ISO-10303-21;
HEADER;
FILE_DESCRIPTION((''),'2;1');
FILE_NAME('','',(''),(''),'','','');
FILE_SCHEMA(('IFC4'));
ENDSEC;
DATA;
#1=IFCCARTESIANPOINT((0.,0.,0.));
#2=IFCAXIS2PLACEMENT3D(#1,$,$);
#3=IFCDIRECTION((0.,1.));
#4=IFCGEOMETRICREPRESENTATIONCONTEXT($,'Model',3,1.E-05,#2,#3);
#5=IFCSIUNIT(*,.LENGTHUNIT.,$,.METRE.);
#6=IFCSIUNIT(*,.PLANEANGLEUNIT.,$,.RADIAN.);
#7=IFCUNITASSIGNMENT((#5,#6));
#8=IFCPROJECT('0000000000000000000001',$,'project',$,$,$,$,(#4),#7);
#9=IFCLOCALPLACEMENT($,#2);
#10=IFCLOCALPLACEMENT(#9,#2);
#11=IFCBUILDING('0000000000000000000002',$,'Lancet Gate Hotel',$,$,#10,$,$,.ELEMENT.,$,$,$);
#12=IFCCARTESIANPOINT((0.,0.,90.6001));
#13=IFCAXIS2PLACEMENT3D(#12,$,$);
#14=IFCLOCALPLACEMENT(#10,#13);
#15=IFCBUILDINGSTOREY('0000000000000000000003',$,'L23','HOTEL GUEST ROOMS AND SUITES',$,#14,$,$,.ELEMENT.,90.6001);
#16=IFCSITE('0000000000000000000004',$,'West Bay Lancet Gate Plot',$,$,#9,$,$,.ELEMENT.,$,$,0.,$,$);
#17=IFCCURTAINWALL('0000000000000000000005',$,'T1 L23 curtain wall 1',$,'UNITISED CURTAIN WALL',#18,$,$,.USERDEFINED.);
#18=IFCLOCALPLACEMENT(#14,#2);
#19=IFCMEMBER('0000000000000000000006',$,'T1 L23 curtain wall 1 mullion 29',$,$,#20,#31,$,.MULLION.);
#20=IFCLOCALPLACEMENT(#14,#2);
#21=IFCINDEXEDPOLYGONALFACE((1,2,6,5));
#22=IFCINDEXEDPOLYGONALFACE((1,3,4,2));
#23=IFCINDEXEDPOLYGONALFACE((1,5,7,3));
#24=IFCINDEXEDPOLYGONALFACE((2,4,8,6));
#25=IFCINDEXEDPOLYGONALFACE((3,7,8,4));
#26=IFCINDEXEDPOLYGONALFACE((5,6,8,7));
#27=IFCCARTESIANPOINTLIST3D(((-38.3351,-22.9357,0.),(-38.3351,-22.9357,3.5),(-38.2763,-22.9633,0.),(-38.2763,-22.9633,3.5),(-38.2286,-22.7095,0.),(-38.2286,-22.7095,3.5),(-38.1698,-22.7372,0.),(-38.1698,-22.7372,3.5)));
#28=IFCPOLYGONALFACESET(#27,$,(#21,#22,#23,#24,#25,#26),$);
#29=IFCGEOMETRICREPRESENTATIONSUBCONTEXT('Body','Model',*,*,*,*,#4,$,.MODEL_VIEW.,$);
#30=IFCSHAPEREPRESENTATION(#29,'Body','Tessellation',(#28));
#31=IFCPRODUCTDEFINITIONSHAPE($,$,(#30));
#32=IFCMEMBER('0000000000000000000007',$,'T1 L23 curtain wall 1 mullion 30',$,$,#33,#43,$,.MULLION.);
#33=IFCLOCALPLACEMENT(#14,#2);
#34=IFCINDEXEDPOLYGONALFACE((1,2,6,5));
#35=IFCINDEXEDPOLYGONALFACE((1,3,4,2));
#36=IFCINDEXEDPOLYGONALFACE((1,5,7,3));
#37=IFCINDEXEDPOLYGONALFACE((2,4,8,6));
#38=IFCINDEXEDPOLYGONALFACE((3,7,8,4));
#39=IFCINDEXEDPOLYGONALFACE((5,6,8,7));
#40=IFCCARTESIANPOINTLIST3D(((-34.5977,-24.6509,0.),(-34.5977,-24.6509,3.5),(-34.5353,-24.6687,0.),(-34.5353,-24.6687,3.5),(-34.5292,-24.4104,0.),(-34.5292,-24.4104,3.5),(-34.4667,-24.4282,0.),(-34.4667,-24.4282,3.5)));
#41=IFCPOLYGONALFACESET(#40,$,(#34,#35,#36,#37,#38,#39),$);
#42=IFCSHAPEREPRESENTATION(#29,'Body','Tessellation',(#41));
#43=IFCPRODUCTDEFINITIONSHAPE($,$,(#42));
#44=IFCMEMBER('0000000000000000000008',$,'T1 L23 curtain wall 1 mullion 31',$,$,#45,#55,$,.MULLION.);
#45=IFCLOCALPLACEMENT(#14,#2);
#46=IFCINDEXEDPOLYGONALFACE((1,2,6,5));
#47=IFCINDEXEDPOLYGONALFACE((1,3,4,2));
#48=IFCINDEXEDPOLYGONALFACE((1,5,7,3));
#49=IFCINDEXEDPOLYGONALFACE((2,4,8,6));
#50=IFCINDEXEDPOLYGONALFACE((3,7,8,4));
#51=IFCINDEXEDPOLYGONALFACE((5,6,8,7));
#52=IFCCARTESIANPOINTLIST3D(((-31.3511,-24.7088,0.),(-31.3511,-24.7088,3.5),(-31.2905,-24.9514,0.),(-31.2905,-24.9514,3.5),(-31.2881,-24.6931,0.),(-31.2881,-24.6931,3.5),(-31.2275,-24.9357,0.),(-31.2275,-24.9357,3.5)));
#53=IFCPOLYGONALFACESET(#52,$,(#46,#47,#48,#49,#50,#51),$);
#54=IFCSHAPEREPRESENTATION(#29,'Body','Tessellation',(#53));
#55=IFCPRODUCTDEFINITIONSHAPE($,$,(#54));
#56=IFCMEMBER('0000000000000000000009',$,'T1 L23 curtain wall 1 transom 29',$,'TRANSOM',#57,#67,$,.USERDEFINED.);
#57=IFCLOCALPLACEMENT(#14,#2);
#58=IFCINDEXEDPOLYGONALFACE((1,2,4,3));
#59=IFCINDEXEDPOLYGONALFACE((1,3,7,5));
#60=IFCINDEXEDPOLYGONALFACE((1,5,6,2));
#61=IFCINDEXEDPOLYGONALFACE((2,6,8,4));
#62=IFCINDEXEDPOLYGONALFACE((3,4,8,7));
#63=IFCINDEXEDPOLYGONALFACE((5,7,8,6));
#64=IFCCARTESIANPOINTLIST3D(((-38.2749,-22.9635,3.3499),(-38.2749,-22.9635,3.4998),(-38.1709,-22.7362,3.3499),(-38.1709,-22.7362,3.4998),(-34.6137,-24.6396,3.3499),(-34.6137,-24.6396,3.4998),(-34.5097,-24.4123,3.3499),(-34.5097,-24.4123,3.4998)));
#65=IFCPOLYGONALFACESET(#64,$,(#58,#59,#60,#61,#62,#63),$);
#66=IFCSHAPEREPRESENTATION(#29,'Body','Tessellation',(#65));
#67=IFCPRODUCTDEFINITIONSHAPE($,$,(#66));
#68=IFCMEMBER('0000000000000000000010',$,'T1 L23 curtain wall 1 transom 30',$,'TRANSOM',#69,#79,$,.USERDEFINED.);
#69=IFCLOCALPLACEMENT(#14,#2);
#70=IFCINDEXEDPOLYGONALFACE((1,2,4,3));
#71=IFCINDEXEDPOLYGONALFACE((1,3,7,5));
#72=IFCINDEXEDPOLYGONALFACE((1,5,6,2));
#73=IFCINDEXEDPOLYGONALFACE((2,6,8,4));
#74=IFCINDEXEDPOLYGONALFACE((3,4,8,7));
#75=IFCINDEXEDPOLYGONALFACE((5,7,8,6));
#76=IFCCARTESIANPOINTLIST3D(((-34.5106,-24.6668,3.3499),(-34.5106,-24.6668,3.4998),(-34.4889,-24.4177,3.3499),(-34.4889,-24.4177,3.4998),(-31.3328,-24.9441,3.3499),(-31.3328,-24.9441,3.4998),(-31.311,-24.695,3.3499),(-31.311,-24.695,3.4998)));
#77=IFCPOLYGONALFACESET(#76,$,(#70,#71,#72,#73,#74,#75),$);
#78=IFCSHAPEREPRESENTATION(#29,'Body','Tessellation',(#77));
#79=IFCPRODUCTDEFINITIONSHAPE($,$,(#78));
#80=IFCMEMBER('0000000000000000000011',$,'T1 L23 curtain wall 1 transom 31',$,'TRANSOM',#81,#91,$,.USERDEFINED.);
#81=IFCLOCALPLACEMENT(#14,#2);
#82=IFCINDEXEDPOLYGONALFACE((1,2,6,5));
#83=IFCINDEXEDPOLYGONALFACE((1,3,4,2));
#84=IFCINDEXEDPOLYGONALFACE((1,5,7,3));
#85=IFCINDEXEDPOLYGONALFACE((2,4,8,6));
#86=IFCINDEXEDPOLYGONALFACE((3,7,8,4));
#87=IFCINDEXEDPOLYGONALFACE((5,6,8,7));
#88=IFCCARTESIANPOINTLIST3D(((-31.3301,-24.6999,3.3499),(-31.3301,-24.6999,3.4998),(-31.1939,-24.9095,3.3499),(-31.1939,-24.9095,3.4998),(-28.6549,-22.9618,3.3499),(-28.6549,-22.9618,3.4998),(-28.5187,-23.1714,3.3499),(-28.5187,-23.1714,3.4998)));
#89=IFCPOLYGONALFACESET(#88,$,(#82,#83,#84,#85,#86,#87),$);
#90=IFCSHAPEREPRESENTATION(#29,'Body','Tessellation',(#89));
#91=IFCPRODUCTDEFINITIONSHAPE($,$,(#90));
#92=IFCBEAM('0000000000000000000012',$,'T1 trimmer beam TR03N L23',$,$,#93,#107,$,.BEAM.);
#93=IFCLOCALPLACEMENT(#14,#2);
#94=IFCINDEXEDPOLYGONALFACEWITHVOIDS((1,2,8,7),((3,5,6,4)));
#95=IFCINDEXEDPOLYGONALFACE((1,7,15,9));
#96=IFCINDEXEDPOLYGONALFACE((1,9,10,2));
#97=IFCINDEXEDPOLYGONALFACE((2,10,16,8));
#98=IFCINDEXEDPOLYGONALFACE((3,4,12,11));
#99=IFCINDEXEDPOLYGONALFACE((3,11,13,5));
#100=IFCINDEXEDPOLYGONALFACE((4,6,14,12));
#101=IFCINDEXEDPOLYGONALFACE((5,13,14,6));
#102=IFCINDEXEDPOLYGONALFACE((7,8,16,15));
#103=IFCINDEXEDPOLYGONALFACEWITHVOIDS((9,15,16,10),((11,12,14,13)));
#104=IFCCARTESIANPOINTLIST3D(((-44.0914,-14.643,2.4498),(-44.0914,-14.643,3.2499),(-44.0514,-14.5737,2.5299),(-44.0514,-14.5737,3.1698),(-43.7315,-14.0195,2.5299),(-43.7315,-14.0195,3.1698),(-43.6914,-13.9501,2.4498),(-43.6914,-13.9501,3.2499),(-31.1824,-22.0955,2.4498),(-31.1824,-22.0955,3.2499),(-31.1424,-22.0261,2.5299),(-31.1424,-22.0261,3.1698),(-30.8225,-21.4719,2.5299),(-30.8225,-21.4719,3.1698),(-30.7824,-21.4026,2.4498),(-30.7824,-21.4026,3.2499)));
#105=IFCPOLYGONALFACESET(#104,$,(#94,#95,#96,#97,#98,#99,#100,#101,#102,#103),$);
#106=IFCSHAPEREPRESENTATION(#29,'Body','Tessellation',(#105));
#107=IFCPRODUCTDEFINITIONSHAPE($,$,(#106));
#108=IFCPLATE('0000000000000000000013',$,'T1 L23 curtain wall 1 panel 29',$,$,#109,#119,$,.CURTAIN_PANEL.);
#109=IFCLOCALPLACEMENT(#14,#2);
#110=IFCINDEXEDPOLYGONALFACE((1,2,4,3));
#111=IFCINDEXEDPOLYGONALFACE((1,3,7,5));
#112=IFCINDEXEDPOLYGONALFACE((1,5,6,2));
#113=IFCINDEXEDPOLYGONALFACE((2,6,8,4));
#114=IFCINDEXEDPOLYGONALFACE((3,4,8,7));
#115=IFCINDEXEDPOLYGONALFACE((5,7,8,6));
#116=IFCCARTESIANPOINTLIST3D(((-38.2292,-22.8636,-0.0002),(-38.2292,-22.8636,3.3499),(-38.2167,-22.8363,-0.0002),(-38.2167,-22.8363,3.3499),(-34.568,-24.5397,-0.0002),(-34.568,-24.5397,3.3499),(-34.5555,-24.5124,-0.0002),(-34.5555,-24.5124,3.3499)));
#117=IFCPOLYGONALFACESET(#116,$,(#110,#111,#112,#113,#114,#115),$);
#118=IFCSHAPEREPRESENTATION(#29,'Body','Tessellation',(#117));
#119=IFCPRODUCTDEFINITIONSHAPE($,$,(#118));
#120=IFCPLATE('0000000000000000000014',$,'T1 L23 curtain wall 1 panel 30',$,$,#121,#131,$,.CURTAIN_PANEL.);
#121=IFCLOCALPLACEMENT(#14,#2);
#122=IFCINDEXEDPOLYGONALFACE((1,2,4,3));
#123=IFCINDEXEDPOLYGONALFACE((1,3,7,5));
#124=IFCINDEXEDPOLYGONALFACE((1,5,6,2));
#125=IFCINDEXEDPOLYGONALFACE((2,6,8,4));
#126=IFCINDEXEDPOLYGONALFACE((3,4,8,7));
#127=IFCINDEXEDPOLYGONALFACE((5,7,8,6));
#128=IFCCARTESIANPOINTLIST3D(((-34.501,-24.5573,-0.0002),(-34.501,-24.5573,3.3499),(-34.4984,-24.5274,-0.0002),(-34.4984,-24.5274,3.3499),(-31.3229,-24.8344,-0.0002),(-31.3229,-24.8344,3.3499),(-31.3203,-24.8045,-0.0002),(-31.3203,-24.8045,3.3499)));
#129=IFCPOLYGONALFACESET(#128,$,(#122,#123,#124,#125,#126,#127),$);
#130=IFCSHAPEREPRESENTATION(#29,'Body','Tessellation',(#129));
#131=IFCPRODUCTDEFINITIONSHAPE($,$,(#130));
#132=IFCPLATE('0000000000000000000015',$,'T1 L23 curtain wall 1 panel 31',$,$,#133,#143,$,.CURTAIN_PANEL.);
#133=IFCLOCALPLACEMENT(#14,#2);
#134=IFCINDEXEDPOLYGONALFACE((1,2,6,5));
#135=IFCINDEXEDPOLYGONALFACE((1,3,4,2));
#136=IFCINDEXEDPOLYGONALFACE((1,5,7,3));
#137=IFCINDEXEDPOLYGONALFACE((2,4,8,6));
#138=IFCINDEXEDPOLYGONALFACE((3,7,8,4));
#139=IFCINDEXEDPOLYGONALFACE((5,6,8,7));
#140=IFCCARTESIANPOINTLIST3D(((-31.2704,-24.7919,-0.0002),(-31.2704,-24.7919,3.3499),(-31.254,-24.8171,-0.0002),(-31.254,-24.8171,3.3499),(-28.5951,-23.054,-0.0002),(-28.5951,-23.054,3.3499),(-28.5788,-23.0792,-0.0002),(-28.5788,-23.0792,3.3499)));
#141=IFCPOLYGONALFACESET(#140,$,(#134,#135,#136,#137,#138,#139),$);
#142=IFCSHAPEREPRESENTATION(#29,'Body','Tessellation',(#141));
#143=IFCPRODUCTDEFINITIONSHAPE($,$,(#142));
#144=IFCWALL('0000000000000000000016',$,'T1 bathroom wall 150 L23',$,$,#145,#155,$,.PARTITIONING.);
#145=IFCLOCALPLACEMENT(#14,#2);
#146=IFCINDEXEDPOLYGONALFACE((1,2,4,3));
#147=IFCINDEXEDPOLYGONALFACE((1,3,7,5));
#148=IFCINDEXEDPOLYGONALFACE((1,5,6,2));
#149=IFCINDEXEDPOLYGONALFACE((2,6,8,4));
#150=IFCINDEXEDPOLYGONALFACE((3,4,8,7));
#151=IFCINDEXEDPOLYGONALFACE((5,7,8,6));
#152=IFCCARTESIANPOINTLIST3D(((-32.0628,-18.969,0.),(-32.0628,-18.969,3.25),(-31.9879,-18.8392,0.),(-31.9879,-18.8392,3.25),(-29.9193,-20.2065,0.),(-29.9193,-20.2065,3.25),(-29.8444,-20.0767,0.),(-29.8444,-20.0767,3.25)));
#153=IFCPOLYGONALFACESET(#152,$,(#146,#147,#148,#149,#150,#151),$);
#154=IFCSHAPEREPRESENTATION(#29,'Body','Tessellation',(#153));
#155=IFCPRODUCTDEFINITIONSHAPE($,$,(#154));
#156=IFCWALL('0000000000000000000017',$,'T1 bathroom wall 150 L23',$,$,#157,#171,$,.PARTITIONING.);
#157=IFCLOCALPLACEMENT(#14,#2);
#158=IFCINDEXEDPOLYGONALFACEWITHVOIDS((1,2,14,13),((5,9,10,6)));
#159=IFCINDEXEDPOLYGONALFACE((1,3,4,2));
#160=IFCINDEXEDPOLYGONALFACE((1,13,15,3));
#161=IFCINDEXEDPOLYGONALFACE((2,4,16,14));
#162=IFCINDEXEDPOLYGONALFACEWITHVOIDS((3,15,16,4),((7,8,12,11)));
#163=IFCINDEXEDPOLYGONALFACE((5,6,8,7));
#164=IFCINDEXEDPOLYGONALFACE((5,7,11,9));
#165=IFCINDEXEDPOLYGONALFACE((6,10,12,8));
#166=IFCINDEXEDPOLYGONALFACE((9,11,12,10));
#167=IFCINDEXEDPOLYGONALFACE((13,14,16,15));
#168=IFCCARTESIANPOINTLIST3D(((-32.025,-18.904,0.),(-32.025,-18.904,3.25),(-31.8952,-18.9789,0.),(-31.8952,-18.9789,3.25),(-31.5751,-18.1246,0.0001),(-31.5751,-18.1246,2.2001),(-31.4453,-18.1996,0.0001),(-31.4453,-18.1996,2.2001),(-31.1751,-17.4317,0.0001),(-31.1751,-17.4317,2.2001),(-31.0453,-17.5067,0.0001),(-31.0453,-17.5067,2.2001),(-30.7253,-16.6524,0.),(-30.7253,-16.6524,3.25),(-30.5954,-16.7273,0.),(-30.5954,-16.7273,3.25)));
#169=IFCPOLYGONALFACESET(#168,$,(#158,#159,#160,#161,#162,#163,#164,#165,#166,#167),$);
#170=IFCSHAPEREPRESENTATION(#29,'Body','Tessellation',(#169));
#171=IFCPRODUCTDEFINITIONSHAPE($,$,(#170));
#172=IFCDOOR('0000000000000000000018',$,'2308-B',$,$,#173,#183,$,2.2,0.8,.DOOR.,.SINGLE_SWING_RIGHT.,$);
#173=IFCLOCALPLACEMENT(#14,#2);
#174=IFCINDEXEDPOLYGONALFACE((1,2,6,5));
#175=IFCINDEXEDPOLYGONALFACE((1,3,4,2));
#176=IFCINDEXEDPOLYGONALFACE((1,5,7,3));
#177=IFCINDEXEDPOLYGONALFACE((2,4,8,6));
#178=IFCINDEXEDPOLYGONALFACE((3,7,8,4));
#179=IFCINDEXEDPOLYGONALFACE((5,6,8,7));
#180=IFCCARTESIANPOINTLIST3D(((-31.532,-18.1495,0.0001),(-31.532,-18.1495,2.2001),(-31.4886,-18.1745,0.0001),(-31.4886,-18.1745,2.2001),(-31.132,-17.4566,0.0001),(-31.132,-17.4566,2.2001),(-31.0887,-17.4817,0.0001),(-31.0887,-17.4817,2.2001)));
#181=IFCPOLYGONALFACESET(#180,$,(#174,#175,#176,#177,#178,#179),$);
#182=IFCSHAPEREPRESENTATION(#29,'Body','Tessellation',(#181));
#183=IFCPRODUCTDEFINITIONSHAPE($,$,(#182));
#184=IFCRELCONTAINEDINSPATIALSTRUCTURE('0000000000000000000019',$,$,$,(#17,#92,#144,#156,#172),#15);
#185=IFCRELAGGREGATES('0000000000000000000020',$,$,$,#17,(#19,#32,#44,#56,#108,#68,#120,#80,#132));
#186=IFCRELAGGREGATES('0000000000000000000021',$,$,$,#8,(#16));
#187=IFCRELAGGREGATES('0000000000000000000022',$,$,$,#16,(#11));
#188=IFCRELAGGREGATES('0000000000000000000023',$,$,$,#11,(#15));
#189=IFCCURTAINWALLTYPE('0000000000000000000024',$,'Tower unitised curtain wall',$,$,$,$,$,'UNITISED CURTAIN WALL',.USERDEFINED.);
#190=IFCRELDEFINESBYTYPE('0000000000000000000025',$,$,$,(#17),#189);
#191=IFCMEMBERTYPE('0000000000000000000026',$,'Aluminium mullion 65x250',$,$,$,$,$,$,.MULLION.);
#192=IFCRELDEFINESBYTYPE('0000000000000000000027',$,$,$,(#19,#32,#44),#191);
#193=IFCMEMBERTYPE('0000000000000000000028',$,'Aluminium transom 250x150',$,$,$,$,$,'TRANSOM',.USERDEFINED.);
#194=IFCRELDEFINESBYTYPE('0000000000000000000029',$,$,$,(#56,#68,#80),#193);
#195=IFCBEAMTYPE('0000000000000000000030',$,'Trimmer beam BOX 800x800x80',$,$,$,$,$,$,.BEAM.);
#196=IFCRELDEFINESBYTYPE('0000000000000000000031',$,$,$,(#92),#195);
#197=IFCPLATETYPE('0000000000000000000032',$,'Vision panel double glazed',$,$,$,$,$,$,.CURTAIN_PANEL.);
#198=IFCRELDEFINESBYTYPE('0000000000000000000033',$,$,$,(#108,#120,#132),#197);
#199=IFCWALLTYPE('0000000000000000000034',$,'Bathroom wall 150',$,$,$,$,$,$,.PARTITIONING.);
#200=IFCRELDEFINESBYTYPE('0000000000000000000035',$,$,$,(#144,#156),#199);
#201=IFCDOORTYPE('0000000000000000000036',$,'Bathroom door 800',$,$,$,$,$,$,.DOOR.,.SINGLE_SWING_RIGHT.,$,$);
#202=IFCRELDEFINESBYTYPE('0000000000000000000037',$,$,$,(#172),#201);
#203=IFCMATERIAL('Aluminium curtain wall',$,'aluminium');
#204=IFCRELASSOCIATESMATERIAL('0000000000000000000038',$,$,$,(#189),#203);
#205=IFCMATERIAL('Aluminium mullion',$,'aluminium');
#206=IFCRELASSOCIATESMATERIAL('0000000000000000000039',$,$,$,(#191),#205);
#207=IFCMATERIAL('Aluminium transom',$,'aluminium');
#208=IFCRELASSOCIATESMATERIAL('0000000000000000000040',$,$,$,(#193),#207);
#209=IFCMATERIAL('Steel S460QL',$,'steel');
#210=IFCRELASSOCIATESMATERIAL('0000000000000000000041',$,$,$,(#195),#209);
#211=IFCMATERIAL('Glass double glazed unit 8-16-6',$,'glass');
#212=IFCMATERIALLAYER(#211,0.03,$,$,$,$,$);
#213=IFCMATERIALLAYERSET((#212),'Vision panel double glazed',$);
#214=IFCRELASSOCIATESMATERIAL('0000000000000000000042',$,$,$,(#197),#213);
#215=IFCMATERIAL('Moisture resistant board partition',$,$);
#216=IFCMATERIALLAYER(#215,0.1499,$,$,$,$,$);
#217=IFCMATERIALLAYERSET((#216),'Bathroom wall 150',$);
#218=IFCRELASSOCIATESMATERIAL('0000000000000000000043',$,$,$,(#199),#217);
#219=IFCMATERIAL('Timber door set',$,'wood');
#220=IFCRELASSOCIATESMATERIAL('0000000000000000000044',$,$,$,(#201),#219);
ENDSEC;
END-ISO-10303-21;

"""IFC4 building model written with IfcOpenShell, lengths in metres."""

from ifc_helpers import new_model, si_unit, direction, frame, frame_2d, origin, origin_2d, place, context, subcontext, project, spatial, rectangle, hollow_rectangle, extrude, material, layer, layer_set, material_profile, profile_set, type_object, element, fill, aggregate, save


model = new_model("IFC4")

# Units and contexts
model_context = context("Model", 3, precision=1e-05, world=origin(), true_north=direction((0.0, 1.0)))
body_context = subcontext(model_context, "Body", "Model", "MODEL_VIEW")
ifc_project = project(units=[si_unit("LENGTHUNIT", "METRE"), si_unit("PLANEANGLEUNIT", "RADIAN")], contexts=[model_context])

# Site, building, storey
site_placement = place(None, origin())
site = spatial("IfcSite", under=ifc_project, at=site_placement, Name="West Bay Lancet Gate Plot", CompositionType="ELEMENT", RefElevation=0.0)
building_placement = place(site_placement, origin())
building = spatial("IfcBuilding", under=site, at=building_placement, Name="Lancet Gate Hotel", CompositionType="ELEMENT")
storey_placement = place(building_placement, frame((0.0, 0.0, 90.6001)))
storey = spatial("IfcBuildingStorey", under=building, at=storey_placement, Name="L23", Description="HOTEL GUEST ROOMS AND SUITES", CompositionType="ELEMENT", Elevation=90.6001)

# Curtain wall, members
ifc_material_1 = material(Name="Aluminium curtain wall", Category="aluminium")
curtain_wall_type = type_object("IfcCurtainWallType", Name="Tower unitised curtain wall", ElementType="UNITISED CURTAIN WALL", PredefinedType="USERDEFINED", material=ifc_material_1)
curtain_wall_placement = place(storey_placement, origin())
curtain_wall = element("IfcCurtainWall", 1, at=curtain_wall_placement, inside=storey, type_object=curtain_wall_type, Name="T1 L23 curtain wall 1", ObjectType="UNITISED CURTAIN WALL", PredefinedType="USERDEFINED")
ifc_material_2 = material(Name="Aluminium mullion", Category="aluminium")
ifc_material_profile_1 = material_profile(ifc_material_2, rectangle(XDim=0.0649, YDim=0.25, at=origin_2d()), Name="MULLION 65x250")
ifc_profile_set_1 = profile_set([ifc_material_profile_1], Name="Aluminium mullion")
member_type_1 = type_object("IfcMemberType", Name="Aluminium mullion 65x250", PredefinedType="MULLION", material=ifc_profile_set_1)
member_1_placement = place(storey_placement, frame((-38.2524, -22.8364, 0.0), z_axis=(0.0, 0.0, 1.0), x_axis=(0.90472, -0.426008, 0.0)))
member_1 = element("IfcMember", 2, at=member_1_placement, type_object=member_type_1, Name="T1 L23 curtain wall 1 mullion 29", PredefinedType="MULLION", context=body_context, shape_type="SweptSolid", body=[
    extrude(rectangle(XDim=0.0649, YDim=0.25, at=origin_2d()), origin(), (0.0, 0.0, 1.0), 3.5),
])
member_2_placement = place(storey_placement, frame((-34.5322, -24.5396, 0.0), z_axis=(0.0, 0.0, 1.0), x_axis=(0.961653, -0.274268, 0.0)))
member_2 = element("IfcMember", 3, at=member_2_placement, type_object=member_type_1, Name="T1 L23 curtain wall 1 mullion 30", PredefinedType="MULLION", context=body_context, shape_type="SweptSolid", body=[
    extrude(rectangle(XDim=0.0649, YDim=0.25, at=origin_2d()), origin(), (0.0, 0.0, 1.0), 3.5),
])
member_3_placement = place(storey_placement, frame((-31.2893, -24.8223, 0.0), z_axis=(0.0, 0.0, 1.0), x_axis=(0.970242, 0.242137, 0.0)))
member_3 = element("IfcMember", 4, at=member_3_placement, type_object=member_type_1, Name="T1 L23 curtain wall 1 mullion 31", PredefinedType="MULLION", context=body_context, shape_type="SweptSolid", body=[
    extrude(rectangle(XDim=0.0649, YDim=0.25, at=origin_2d()), origin(), (0.0, 0.0, 1.0), 3.5),
])
ifc_material_3 = material(Name="Aluminium transom", Category="aluminium")
ifc_material_profile_2 = material_profile(ifc_material_3, rectangle(XDim=0.25, YDim=0.1499, at=origin_2d()), Name="TRANSOM 250x150")
ifc_profile_set_2 = profile_set([ifc_material_profile_2], Name="Aluminium transom")
member_type_2 = type_object("IfcMemberType", Name="Aluminium transom 250x150", ElementType="TRANSOM", PredefinedType="USERDEFINED", material=ifc_profile_set_2)
member_4_placement = place(storey_placement, frame((-38.2229, -22.8499, 3.4248), z_axis=(0.909252, -0.416245, 0.0), x_axis=(0.416245, 0.909252, 0.0)))
member_4 = element("IfcMember", 5, at=member_4_placement, type_object=member_type_2, Name="T1 L23 curtain wall 1 transom 29", ObjectType="TRANSOM", PredefinedType="USERDEFINED", context=body_context, shape_type="SweptSolid", body=[
    extrude(rectangle(XDim=0.25, YDim=0.1499, at=origin_2d()), origin(), (0.0, 0.0, 1.0), 4.0266),
])
member_5_placement = place(storey_placement, frame((-34.4998, -24.5422, 3.4248), z_axis=(0.996214, -0.08694, 0.0), x_axis=(0.08694, 0.996214, 0.0)))
member_5 = element("IfcMember", 6, at=member_5_placement, type_object=member_type_2, Name="T1 L23 curtain wall 1 transom 30", ObjectType="TRANSOM", PredefinedType="USERDEFINED", context=body_context, shape_type="SweptSolid", body=[
    extrude(rectangle(XDim=0.25, YDim=0.1499, at=origin_2d()), origin(), (0.0, 0.0, 1.0), 3.1899),
])
member_6_placement = place(storey_placement, frame((-31.262, -24.8047, 3.4248), z_axis=(0.83855, 0.544824, 0.0), x_axis=(-0.544824, 0.83855, 0.0)))
member_6 = element("IfcMember", 7, at=member_6_placement, type_object=member_type_2, Name="T1 L23 curtain wall 1 transom 31", ObjectType="TRANSOM", PredefinedType="USERDEFINED", context=body_context, shape_type="SweptSolid", body=[
    extrude(rectangle(XDim=0.25, YDim=0.1499, at=origin_2d()), origin(), (0.0, 0.0, 1.0), 3.1902),
])

# Beam
ifc_material_4 = material(Name="Steel S460QL", Category="steel")
ifc_material_profile_3 = material_profile(ifc_material_4, hollow_rectangle(XDim=0.8, YDim=0.8, WallThickness=0.0801, at=origin_2d()), Name="BOX 800x800x80")
ifc_profile_set_3 = profile_set([ifc_material_profile_3], Name="Steel S460QL")
beam_type = type_object("IfcBeamType", Name="Trimmer beam BOX 800x800x80", PredefinedType="BEAM", material=ifc_profile_set_3)
beam_placement = place(storey_placement, frame((-30.9824, -21.749, 2.8499), z_axis=(-0.866042, 0.499971, 0.0), x_axis=(-0.499971, -0.866042, 0.0)))
element("IfcBeam", 8, at=beam_placement, inside=storey, type_object=beam_type, Name="T1 trimmer beam TR03N L23", PredefinedType="BEAM", context=body_context, shape_type="SweptSolid", body=[
    extrude(hollow_rectangle(XDim=0.8, YDim=0.8, WallThickness=0.0801, at=origin_2d()), origin(), (0.0, 0.0, 1.0), 14.9058),
])

# Plates
ifc_material_5 = material(Name="Glass double glazed unit 8-16-6", Category="glass")
ifc_layer_1 = layer(ifc_material_5, 0.03)
ifc_layer_set_1 = layer_set([ifc_layer_1], Name="Vision panel double glazed")
plate_type = type_object("IfcPlateType", Name="Vision panel double glazed", PredefinedType="CURTAIN_PANEL", material=ifc_layer_set_1)
plate_1_placement = place(storey_placement, frame((-36.3923, -23.688, -0.0002), z_axis=(0.0, 0.0, 1.0), x_axis=(0.909253, -0.416245, 0.0)))
plate_1 = element("IfcPlate", 9, at=plate_1_placement, type_object=plate_type, Name="T1 L23 curtain wall 1 panel 29", PredefinedType="CURTAIN_PANEL", context=body_context, shape_type="SweptSolid", body=[
    extrude(rectangle(XDim=4.0266, YDim=0.03, at=origin_2d()), origin(), (0.0, 0.0, 1.0), 3.3501),
])
plate_2_placement = place(storey_placement, frame((-32.9106, -24.6809, -0.0002), z_axis=(0.0, 0.0, 1.0), x_axis=(0.996219, -0.08688, 0.0)))
plate_2 = element("IfcPlate", 10, at=plate_2_placement, type_object=plate_type, Name="T1 L23 curtain wall 1 panel 30", PredefinedType="CURTAIN_PANEL", context=body_context, shape_type="SweptSolid", body=[
    extrude(rectangle(XDim=3.1902, YDim=0.03, at=origin_2d()), origin(), (0.0, 0.0, 1.0), 3.3501),
])
plate_3_placement = place(storey_placement, frame((-29.9246, -23.9355, -0.0002), z_axis=(0.0, 0.0, 1.0), x_axis=(0.83858, 0.544778, 0.0)))
plate_3 = element("IfcPlate", 11, at=plate_3_placement, type_object=plate_type, Name="T1 L23 curtain wall 1 panel 31", PredefinedType="CURTAIN_PANEL", context=body_context, shape_type="SweptSolid", body=[
    extrude(rectangle(XDim=3.1902, YDim=0.03, at=origin_2d()), origin(), (0.0, 0.0, 1.0), 3.3501),
])
aggregate(curtain_wall, [member_1, member_2, member_3, member_4, plate_1, member_5, plate_2, member_6, plate_3])

# Wall
ifc_material_6 = material(Name="Moisture resistant board partition")
ifc_layer_2 = layer(ifc_material_6, 0.1499)
ifc_layer_set_2 = layer_set([ifc_layer_2], Name="Bathroom wall 150")
wall_type_1 = type_object("IfcWallType", Name="Bathroom wall 150", PredefinedType="PARTITIONING", material=ifc_layer_set_2)
wall_1_placement = place(storey_placement, frame((-29.8818, -20.1416, 0.0), z_axis=(0.0, 0.0, 1.0), x_axis=(-0.866031, 0.49999, 0.0)))
element("IfcWall", 12, at=wall_1_placement, inside=storey, type_object=wall_type_1, Name="T1 bathroom wall 150 L23", PredefinedType="PARTITIONING", context=body_context, shape_type="SweptSolid", body=[
    extrude(rectangle(XDim=2.4751, YDim=0.1499, at=frame_2d((1.2375, 0.0))), origin(), (0.0, 0.0, 1.0), 3.25),
])

# Wall, opening, door
wall_2_placement = place(storey_placement, frame((-30.6604, -16.6899, 0.0), z_axis=(0.0, 0.0, 1.0), x_axis=(-0.499937, -0.866062, 0.0)))
wall_2 = element("IfcWall", 13, at=wall_2_placement, inside=storey, type_object=wall_type_1, Name="T1 bathroom wall 150 L23", PredefinedType="PARTITIONING", context=body_context, shape_type="SweptSolid", body=[
    extrude(rectangle(XDim=2.5999, YDim=0.1499, at=frame_2d((1.2998, 0.0))), origin(), (0.0, 0.0, 1.0), 3.25),
])
opening_placement = place(wall_2_placement, frame((0.8999, 0.0, 0.0)))
opening = element("IfcOpeningElement", 14, at=opening_placement, cuts=wall_2, PredefinedType="OPENING", context=body_context, shape_type="SweptSolid", body=[
    extrude(rectangle(XDim=0.8, YDim=2.2, at=frame_2d((0.3999, 1.1001))), frame((0.0, 0.085, 0.0), z_axis=(0.0, -1.0, 0.0), x_axis=(1.0, 0.0, 0.0)), (0.0, 0.0, 1.0), 0.1699),
])
ifc_material_7 = material(Name="Timber door set", Category="wood")
door_type = type_object("IfcDoorType", Name="Bathroom door 800", OperationType="SINGLE_SWING_RIGHT", PredefinedType="DOOR", material=ifc_material_7)
door_placement = place(opening_placement, origin())
door = element("IfcDoor", 15, at=door_placement, inside=storey, type_object=door_type, Name="2308-B", OperationType="SINGLE_SWING_RIGHT", OverallHeight=2.2, OverallWidth=0.8, PredefinedType="DOOR", context=body_context, shape_type="SweptSolid", body=[
    extrude(rectangle(XDim=0.8, YDim=2.2, at=frame_2d((0.3999, 1.1001))), frame((0.0, 0.0249, 0.0), z_axis=(0.0, -1.0, 0.0), x_axis=(1.0, 0.0, 0.0)), (0.0, 0.0, 1.0), 0.05),
])
fill(opening, door)

save(model, "model.ifc")
